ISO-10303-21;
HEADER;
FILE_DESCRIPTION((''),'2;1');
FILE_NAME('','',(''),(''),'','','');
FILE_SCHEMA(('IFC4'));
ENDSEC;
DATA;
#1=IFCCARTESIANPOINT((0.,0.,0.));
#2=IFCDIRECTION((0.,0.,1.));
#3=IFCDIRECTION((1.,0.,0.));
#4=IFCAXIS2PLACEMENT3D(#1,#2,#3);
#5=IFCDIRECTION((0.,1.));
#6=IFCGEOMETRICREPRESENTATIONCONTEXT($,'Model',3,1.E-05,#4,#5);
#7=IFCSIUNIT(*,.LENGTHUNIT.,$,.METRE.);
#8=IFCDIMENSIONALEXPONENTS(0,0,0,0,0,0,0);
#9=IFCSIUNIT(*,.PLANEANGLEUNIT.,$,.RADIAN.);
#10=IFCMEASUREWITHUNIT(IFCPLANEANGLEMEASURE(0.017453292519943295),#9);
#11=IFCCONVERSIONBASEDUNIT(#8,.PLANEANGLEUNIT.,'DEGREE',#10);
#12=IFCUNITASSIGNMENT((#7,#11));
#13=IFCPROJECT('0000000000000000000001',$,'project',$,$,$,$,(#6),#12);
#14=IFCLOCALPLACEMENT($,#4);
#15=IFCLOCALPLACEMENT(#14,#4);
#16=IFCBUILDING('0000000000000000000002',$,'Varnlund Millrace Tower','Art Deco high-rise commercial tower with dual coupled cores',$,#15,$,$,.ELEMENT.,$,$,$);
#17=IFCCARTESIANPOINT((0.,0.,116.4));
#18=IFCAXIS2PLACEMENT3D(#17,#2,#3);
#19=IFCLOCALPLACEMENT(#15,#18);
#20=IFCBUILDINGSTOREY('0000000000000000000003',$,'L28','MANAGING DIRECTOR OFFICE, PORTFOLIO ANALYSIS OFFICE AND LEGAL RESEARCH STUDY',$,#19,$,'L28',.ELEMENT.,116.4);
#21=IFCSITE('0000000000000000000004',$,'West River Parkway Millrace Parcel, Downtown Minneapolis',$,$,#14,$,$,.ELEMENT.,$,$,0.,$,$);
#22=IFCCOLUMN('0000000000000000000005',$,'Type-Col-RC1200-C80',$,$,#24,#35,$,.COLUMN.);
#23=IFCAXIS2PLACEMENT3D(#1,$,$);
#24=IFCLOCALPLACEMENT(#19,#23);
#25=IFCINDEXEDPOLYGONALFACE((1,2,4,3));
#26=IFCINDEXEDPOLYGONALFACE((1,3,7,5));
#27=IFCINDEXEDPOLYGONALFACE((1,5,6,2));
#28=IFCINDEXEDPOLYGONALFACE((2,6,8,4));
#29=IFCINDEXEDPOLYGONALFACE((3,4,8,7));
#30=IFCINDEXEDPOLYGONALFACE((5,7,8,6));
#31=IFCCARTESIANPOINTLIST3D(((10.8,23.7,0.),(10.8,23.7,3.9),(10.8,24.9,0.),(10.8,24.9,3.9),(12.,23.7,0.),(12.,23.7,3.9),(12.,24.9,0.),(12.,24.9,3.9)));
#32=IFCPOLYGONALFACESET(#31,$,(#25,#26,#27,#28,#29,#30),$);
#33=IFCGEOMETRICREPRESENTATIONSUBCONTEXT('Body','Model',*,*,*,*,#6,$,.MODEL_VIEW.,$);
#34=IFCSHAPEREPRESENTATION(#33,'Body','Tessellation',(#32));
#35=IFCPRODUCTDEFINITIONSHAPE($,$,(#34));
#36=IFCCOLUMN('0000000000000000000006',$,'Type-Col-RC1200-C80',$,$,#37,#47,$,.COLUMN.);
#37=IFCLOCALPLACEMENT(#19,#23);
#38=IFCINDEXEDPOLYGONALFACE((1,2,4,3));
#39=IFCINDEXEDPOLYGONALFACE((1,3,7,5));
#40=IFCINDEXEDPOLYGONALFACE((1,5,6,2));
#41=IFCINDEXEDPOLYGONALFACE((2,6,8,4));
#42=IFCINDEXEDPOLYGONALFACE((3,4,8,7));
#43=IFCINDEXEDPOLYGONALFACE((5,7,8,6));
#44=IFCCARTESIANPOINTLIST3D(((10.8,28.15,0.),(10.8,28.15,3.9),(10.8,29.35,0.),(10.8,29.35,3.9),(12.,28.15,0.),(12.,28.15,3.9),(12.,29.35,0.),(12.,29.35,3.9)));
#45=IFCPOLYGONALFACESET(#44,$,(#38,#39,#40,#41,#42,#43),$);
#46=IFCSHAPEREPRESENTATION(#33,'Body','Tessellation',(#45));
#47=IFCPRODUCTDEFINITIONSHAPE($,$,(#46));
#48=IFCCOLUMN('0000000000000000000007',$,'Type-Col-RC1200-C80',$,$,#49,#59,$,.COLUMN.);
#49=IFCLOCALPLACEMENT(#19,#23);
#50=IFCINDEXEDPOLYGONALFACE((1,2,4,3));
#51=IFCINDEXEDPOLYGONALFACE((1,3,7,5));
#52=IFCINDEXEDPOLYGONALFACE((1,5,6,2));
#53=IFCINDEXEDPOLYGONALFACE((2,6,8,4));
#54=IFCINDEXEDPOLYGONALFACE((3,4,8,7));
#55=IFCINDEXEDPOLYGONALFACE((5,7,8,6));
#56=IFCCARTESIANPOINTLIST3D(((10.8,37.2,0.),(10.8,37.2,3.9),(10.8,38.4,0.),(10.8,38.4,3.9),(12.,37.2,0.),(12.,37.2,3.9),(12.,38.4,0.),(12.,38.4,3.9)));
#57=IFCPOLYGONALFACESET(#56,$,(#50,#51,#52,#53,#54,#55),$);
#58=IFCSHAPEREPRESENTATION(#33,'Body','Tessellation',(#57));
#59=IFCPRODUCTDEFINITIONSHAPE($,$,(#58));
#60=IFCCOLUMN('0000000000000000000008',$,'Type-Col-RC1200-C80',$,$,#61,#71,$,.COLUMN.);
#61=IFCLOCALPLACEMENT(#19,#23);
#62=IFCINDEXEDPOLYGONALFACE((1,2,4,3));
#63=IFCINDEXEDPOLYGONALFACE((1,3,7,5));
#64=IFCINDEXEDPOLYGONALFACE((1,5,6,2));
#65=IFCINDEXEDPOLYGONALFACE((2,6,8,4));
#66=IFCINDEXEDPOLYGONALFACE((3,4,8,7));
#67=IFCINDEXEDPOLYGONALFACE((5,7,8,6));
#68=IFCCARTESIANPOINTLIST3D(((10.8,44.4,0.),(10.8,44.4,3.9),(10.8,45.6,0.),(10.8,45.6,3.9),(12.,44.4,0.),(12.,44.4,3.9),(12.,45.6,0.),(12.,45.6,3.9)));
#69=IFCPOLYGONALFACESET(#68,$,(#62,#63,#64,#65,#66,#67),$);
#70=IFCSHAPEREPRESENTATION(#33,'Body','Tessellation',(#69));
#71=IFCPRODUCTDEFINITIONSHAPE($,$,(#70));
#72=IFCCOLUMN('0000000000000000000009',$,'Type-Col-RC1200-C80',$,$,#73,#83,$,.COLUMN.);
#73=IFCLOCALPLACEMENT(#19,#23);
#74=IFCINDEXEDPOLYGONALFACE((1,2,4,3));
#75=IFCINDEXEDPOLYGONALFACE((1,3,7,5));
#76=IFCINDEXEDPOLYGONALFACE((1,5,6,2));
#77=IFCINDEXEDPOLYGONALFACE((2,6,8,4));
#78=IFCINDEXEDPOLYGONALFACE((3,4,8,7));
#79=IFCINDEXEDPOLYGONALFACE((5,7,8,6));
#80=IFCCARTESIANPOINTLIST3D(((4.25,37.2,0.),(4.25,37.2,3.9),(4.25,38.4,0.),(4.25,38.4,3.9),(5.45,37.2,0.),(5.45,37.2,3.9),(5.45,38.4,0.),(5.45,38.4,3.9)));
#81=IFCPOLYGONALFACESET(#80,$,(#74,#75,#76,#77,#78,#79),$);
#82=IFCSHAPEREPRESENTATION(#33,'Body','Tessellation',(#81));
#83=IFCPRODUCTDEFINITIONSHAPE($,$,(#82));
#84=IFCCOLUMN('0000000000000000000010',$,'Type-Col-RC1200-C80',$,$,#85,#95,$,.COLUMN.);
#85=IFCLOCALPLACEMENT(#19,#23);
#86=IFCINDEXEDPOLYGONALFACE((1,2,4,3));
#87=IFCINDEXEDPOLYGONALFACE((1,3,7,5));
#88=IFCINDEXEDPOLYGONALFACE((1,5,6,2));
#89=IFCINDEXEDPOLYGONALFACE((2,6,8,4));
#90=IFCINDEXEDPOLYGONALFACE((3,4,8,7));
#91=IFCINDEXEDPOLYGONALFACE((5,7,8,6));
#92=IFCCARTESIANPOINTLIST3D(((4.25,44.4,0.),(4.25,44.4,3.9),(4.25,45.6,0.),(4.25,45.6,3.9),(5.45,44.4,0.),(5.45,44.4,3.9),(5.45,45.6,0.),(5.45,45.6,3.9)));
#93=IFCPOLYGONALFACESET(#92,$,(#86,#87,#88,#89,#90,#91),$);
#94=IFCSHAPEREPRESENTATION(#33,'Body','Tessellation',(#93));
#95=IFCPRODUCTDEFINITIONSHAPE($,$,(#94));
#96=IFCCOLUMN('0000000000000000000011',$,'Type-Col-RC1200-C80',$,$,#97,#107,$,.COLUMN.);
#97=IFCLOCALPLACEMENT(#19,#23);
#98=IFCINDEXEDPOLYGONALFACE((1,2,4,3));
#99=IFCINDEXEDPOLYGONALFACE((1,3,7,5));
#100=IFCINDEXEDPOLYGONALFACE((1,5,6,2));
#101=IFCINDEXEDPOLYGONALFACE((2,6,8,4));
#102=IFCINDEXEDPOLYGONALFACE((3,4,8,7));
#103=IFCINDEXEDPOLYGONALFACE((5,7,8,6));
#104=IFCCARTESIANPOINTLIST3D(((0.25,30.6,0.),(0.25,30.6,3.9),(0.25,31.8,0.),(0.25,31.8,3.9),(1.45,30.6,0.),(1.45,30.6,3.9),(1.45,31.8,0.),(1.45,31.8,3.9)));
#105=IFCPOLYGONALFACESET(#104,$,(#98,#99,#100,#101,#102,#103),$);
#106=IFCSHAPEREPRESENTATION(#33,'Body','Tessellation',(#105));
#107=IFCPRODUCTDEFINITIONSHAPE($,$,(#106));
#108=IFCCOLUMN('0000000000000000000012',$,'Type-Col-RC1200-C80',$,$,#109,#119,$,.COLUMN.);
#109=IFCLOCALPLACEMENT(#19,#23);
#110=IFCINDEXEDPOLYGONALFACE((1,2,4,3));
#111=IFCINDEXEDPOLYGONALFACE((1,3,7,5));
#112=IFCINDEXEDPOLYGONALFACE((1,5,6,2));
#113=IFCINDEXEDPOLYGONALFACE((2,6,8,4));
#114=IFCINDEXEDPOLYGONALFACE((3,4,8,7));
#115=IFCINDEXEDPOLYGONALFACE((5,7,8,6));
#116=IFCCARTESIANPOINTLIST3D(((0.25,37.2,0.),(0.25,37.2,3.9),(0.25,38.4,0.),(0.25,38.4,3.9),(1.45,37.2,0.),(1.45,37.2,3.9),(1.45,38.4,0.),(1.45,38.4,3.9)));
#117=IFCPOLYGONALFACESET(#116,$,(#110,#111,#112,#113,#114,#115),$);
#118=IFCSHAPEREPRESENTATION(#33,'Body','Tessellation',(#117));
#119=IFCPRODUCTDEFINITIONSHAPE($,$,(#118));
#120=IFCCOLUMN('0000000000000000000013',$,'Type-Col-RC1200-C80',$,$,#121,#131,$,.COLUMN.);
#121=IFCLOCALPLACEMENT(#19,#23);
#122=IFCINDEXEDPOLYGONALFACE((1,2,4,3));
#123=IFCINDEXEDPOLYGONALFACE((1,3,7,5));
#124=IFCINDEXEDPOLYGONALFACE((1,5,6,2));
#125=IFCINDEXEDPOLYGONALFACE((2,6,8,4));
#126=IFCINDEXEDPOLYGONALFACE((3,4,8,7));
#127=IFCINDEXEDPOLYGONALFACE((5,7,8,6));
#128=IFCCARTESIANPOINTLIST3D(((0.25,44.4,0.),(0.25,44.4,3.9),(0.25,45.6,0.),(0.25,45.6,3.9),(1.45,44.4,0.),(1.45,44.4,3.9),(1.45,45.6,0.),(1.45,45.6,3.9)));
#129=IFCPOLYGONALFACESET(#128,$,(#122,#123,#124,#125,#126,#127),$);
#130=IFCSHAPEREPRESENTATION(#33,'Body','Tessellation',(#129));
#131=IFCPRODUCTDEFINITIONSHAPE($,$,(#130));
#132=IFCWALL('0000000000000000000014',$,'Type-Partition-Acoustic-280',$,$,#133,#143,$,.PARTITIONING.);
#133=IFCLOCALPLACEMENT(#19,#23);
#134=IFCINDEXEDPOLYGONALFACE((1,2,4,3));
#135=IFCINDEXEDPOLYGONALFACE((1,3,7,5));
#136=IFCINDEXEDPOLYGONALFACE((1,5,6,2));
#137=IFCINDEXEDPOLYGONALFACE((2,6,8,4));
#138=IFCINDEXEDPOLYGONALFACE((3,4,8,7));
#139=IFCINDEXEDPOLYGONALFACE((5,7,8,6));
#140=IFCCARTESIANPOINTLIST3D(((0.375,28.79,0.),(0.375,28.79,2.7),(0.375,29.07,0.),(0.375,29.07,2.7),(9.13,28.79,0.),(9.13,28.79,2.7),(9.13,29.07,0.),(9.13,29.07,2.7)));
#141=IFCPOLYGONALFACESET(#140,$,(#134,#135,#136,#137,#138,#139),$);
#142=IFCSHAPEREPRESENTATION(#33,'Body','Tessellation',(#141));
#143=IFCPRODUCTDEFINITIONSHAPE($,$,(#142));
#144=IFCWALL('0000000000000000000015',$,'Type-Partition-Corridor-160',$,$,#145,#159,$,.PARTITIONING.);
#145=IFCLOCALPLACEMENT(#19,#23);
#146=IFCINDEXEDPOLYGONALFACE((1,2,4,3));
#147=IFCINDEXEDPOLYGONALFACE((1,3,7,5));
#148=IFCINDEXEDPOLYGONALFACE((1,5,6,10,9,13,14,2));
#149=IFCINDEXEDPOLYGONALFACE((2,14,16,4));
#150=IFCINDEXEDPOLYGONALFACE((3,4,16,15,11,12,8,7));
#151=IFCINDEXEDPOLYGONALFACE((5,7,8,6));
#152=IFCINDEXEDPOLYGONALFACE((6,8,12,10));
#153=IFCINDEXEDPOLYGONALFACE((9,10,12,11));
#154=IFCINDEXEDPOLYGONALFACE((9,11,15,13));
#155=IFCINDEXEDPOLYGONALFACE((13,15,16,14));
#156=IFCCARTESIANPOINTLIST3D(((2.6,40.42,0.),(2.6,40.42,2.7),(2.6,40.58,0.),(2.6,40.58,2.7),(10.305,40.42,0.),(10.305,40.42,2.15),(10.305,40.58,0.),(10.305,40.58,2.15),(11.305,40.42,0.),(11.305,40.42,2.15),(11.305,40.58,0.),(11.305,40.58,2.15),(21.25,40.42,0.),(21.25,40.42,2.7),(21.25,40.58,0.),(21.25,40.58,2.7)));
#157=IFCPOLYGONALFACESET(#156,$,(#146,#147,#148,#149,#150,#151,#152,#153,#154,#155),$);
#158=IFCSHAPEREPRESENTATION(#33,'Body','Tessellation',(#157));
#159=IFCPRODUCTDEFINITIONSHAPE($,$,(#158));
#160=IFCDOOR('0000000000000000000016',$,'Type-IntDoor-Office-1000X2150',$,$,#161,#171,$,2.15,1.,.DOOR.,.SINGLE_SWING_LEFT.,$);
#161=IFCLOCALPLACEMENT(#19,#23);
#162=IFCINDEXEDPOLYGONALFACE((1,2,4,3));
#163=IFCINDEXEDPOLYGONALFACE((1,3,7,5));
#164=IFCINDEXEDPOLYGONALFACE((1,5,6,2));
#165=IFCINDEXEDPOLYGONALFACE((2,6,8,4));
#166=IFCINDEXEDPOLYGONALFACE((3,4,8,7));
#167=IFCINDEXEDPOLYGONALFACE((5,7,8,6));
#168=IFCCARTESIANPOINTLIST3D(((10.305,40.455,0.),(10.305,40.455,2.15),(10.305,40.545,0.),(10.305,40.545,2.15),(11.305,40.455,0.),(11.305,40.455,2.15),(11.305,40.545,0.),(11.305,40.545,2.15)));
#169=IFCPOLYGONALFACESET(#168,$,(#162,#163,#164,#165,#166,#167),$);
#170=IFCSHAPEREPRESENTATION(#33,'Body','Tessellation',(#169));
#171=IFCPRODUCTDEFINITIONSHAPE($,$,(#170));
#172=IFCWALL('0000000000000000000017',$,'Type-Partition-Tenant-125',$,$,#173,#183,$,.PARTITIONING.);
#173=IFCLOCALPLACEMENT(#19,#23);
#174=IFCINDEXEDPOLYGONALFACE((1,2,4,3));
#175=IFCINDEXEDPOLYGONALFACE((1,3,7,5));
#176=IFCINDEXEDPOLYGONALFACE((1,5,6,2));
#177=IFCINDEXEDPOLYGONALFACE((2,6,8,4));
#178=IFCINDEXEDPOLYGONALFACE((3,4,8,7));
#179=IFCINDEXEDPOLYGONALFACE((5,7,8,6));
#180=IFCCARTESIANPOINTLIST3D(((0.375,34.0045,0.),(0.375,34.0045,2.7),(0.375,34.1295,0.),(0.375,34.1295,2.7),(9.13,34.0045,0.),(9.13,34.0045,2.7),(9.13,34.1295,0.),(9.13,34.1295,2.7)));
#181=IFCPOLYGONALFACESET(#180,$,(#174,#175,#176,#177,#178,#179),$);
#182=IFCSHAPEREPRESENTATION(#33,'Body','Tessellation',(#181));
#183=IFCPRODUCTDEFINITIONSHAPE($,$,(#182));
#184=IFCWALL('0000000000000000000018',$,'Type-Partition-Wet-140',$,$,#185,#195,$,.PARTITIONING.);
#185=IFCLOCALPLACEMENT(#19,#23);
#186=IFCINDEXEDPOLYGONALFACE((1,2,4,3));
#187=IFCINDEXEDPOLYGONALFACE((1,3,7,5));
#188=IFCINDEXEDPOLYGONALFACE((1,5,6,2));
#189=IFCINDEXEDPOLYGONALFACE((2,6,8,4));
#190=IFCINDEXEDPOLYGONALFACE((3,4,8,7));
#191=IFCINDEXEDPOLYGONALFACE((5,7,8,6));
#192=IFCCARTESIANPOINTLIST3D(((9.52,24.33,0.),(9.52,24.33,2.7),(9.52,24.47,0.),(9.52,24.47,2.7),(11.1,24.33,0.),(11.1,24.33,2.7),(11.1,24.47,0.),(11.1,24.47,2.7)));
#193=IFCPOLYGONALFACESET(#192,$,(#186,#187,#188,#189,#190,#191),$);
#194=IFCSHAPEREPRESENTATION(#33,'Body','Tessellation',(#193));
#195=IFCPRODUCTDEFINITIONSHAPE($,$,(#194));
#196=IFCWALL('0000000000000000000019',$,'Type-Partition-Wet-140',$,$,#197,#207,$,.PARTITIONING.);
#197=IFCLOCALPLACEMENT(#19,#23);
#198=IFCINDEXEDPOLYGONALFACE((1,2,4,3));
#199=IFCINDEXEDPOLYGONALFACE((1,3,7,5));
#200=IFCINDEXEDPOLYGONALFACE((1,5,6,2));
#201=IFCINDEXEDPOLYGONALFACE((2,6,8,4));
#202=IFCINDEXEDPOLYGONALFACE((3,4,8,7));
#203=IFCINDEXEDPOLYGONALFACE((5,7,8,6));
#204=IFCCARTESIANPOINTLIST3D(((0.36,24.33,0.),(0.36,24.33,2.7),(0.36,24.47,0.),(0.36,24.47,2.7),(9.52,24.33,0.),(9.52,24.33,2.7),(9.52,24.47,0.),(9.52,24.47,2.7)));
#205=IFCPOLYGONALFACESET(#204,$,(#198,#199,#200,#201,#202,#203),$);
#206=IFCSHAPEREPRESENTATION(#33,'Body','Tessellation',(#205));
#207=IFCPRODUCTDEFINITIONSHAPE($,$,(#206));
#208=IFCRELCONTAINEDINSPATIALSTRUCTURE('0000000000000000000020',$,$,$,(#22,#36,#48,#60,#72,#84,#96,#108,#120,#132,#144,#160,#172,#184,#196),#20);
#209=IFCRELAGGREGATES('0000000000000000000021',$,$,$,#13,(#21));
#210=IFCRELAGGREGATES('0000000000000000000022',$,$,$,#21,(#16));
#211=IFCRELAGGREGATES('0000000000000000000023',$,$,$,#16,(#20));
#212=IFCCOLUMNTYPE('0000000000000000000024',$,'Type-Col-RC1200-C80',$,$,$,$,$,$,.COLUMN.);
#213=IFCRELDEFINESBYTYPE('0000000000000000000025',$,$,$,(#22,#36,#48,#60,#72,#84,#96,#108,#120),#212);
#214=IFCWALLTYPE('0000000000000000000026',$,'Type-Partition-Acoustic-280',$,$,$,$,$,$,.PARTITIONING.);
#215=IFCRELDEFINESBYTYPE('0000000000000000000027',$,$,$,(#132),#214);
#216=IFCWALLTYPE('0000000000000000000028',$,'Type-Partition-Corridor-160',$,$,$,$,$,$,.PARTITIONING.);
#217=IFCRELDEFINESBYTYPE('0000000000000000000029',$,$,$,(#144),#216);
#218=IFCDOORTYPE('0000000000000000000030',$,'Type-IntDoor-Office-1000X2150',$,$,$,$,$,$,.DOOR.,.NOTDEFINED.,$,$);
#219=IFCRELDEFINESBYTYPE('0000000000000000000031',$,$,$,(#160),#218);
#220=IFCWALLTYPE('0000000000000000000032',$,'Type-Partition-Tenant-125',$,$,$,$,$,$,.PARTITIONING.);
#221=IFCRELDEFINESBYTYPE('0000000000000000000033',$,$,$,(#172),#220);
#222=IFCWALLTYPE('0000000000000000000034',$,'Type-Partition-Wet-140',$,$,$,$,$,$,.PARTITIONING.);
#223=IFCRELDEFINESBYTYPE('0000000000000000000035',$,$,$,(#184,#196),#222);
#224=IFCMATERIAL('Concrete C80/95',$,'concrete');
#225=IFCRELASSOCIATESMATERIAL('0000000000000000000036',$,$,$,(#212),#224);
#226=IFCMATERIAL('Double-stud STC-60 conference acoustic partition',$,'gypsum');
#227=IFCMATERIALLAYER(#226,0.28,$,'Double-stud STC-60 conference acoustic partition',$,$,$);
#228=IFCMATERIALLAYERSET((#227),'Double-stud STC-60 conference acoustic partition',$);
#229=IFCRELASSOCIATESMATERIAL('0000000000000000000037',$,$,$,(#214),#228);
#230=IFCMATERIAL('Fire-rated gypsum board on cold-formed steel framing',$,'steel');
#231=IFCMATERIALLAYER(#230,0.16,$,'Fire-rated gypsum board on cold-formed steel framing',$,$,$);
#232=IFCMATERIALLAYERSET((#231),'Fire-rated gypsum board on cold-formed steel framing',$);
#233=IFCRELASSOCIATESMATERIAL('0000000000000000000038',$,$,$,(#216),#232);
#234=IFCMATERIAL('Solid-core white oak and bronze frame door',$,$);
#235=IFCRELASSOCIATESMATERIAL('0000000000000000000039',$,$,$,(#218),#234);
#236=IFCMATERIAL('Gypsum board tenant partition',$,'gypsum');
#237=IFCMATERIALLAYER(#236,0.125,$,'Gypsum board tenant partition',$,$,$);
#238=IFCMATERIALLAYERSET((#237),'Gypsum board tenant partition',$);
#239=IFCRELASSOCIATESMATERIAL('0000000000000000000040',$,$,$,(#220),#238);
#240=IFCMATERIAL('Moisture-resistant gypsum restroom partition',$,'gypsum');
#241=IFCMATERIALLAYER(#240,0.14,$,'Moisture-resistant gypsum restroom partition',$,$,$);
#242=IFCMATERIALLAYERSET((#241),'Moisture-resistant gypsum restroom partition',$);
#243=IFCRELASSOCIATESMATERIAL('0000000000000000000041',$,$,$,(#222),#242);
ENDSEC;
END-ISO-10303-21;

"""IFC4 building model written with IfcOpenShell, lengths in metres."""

from ifc_helpers import new_model, entity, si_unit, converted_unit, direction, frame, origin_with_axes, origin_2d_with_axis, place, context, subcontext, project, spatial, polyline, rectangle, outline, extrude, material, layer, layer_set, material_profile, profile_set, type_object, element, fill, save


model = new_model("IFC4")

# Units and contexts
model_context = context("Model", 3, precision=1e-05, world=origin_with_axes(), true_north=direction((0.0, 1.0)))
body_context = subcontext(model_context, "Body", "Model", "MODEL_VIEW")
ifc_project = project(units=[si_unit("LENGTHUNIT", "METRE"), converted_unit("PLANEANGLEUNIT", "DEGREE", entity("IfcPlaneAngleMeasure", 0.017453292519943295), si_unit("PLANEANGLEUNIT", "RADIAN"), dimensions=[0, 0, 0, 0, 0, 0, 0])], contexts=[model_context])

# Site, building, storey
site_placement = place(None, origin_with_axes())
site = spatial("IfcSite", under=ifc_project, at=site_placement, Name="West River Parkway Millrace Parcel, Downtown Minneapolis", CompositionType="ELEMENT", RefElevation=0.0)
building_placement = place(site_placement, origin_with_axes())
building = spatial("IfcBuilding", under=site, at=building_placement, Name="Varnlund Millrace Tower", Description="Art Deco high-rise commercial tower with dual coupled cores", CompositionType="ELEMENT")
storey_placement = place(building_placement, frame((0.0, 0.0, 116.4), z_axis=(0.0, 0.0, 1.0), x_axis=(1.0, 0.0, 0.0)))
storey = spatial("IfcBuildingStorey", under=building, at=storey_placement, Name="L28", Description="MANAGING DIRECTOR OFFICE, PORTFOLIO ANALYSIS OFFICE AND LEGAL RESEARCH STUDY", LongName="L28", CompositionType="ELEMENT", Elevation=116.4)

# Columns
ifc_material_1 = material(Name="Concrete C80/95", Category="concrete")
ifc_material_profile = material_profile(ifc_material_1, rectangle(XDim=1.2, YDim=1.2, at=origin_2d_with_axis()), Name="Concrete C80/95")
ifc_profile_set = profile_set([ifc_material_profile], Name="Concrete C80/95")
column_type = type_object("IfcColumnType", Name="Type-Col-RC1200-C80", PredefinedType="COLUMN", material=ifc_profile_set)
for number, where, z_axis, x_axis, name in (
    (1, (11.4, 24.3, 0.0), (0.0, 0.0, 1.0), (1.0, 0.0, 0.0), "Type-Col-RC1200-C80"),
    (2, (11.4, 28.75, 0.0), (0.0, 0.0, 1.0), (1.0, 0.0, 0.0), "Type-Col-RC1200-C80"),
    (3, (11.4, 37.8, 0.0), (0.0, 0.0, 1.0), (1.0, 0.0, 0.0), "Type-Col-RC1200-C80"),
    (4, (11.4, 45.0, 0.0), (0.0, 0.0, 1.0), (1.0, 0.0, 0.0), "Type-Col-RC1200-C80"),
    (5, (4.85, 37.8, 0.0), (0.0, 0.0, 1.0), (1.0, 0.0, 0.0), "Type-Col-RC1200-C80"),
    (6, (4.85, 45.0, 0.0), (0.0, 0.0, 1.0), (1.0, 0.0, 0.0), "Type-Col-RC1200-C80"),
    (7, (0.85, 31.2, 0.0), (0.0, 0.0, 1.0), (1.0, 0.0, 0.0), "Type-Col-RC1200-C80"),
    (8, (0.85, 37.8, 0.0), (0.0, 0.0, 1.0), (1.0, 0.0, 0.0), "Type-Col-RC1200-C80"),
    (9, (0.85, 45.0, 0.0), (0.0, 0.0, 1.0), (1.0, 0.0, 0.0), "Type-Col-RC1200-C80"),
):
    element("IfcColumn", number, at=place(storey_placement, frame(where, z_axis=z_axis, x_axis=x_axis)), inside=storey, type_object=column_type, Name=name, PredefinedType="COLUMN", context=body_context, shape_type="SweptSolid", body=[
        extrude(rectangle(XDim=1.2, YDim=1.2, at=origin_2d_with_axis()), origin_with_axes(), (0.0, 0.0, 1.0), 3.9),
    ])

# Wall
ifc_material_2 = material(Name="Double-stud STC-60 conference acoustic partition", Category="gypsum")
ifc_layer_1 = layer(ifc_material_2, 0.28, Name="Double-stud STC-60 conference acoustic partition")
ifc_layer_set_1 = layer_set([ifc_layer_1], Name="Double-stud STC-60 conference acoustic partition")
wall_type_1 = type_object("IfcWallType", Name="Type-Partition-Acoustic-280", PredefinedType="PARTITIONING", material=ifc_layer_set_1)
wall_1_placement = place(storey_placement, frame((0.375, 28.93, 0.0), z_axis=(0.0, 0.0, 1.0), x_axis=(1.0, 0.0, 0.0)))
element("IfcWall", 10, at=wall_1_placement, inside=storey, type_object=wall_type_1, Name="Type-Partition-Acoustic-280", PredefinedType="PARTITIONING", context=body_context, shape_type="SweptSolid", body=[
    extrude(outline(polyline([(0.0, -0.14), (8.755, -0.14), (8.755, 0.14), (0.0, 0.14), (0.0, -0.14)])), origin_with_axes(), (0.0, 0.0, 1.0), 2.7),
])

# Wall, opening, door
ifc_material_3 = material(Name="Fire-rated gypsum board on cold-formed steel framing", Category="steel")
ifc_layer_2 = layer(ifc_material_3, 0.16, Name="Fire-rated gypsum board on cold-formed steel framing")
ifc_layer_set_2 = layer_set([ifc_layer_2], Name="Fire-rated gypsum board on cold-formed steel framing")
wall_type_2 = type_object("IfcWallType", Name="Type-Partition-Corridor-160", PredefinedType="PARTITIONING", material=ifc_layer_set_2)
wall_2_placement = place(storey_placement, frame((2.6, 40.5, 0.0), z_axis=(0.0, 0.0, 1.0), x_axis=(1.0, 0.0, 0.0)))
wall_2 = element("IfcWall", 11, at=wall_2_placement, inside=storey, type_object=wall_type_2, Name="Type-Partition-Corridor-160", PredefinedType="PARTITIONING", context=body_context, shape_type="SweptSolid", body=[
    extrude(outline(polyline([(0.0, -0.08), (18.65, -0.08), (18.65, 0.08), (0.0, 0.08), (0.0, -0.08)])), origin_with_axes(), (0.0, 0.0, 1.0), 2.7),
])
opening_1_placement = place(wall_2_placement, frame((8.205, 0.0, 0.0), z_axis=(0.0, 0.0, 1.0), x_axis=(1.0, 0.0, 0.0)))
opening_1 = element("IfcOpeningElement", 12, at=opening_1_placement, cuts=wall_2, PredefinedType="OPENING", context=body_context, shape_type="SweptSolid", body=[
    extrude(rectangle(XDim=1.0, YDim=0.18, at=origin_2d_with_axis()), origin_with_axes(), (0.0, 0.0, 1.0), 2.15),
])
ifc_material_4 = material(Name="Solid-core white oak and bronze frame door")
door_type = type_object("IfcDoorType", Name="Type-IntDoor-Office-1000X2150", OperationType="NOTDEFINED", PredefinedType="DOOR", material=ifc_material_4)
door_1_placement = place(wall_2_placement, frame((8.205, 0.0, 0.0), z_axis=(0.0, 0.0, 1.0), x_axis=(1.0, 0.0, 0.0)))
door_1 = element("IfcDoor", 13, at=door_1_placement, inside=storey, type_object=door_type, Name="Type-IntDoor-Office-1000X2150", OperationType="SINGLE_SWING_LEFT", OverallHeight=2.15, OverallWidth=1.0, PredefinedType="DOOR", context=body_context, shape_type="SweptSolid", body=[
    extrude(rectangle(XDim=1.0, YDim=0.09, at=origin_2d_with_axis()), origin_with_axes(), (0.0, 0.0, 1.0), 2.15),
])
fill(opening_1, door_1)

# Walls
ifc_material_5 = material(Name="Gypsum board tenant partition", Category="gypsum")
ifc_layer_3 = layer(ifc_material_5, 0.125, Name="Gypsum board tenant partition")
ifc_layer_set_3 = layer_set([ifc_layer_3], Name="Gypsum board tenant partition")
wall_type_3 = type_object("IfcWallType", Name="Type-Partition-Tenant-125", PredefinedType="PARTITIONING", material=ifc_layer_set_3)
wall_3_placement = place(storey_placement, frame((0.375, 34.067, 0.0), z_axis=(0.0, 0.0, 1.0), x_axis=(1.0, 0.0, 0.0)))
element("IfcWall", 14, at=wall_3_placement, inside=storey, type_object=wall_type_3, Name="Type-Partition-Tenant-125", PredefinedType="PARTITIONING", context=body_context, shape_type="SweptSolid", body=[
    extrude(outline(polyline([(0.0, -0.0625), (8.755, -0.0625), (8.755, 0.0625), (0.0, 0.0625), (0.0, -0.0625)])), origin_with_axes(), (0.0, 0.0, 1.0), 2.7),
])
ifc_material_6 = material(Name="Moisture-resistant gypsum restroom partition", Category="gypsum")
ifc_layer_4 = layer(ifc_material_6, 0.14, Name="Moisture-resistant gypsum restroom partition")
ifc_layer_set_4 = layer_set([ifc_layer_4], Name="Moisture-resistant gypsum restroom partition")
wall_type_4 = type_object("IfcWallType", Name="Type-Partition-Wet-140", PredefinedType="PARTITIONING", material=ifc_layer_set_4)
wall_4_placement = place(storey_placement, frame((9.52, 24.4, 0.0), z_axis=(0.0, 0.0, 1.0), x_axis=(1.0, 0.0, 0.0)))
element("IfcWall", 15, at=wall_4_placement, inside=storey, type_object=wall_type_4, Name="Type-Partition-Wet-140", PredefinedType="PARTITIONING", context=body_context, shape_type="SweptSolid", body=[
    extrude(outline(polyline([(0.0, -0.07), (1.58, -0.07), (1.58, 0.07), (0.0, 0.07), (0.0, -0.07)])), origin_with_axes(), (0.0, 0.0, 1.0), 2.7),
])
wall_5_placement = place(storey_placement, frame((0.36, 24.4, 0.0), z_axis=(0.0, 0.0, 1.0), x_axis=(1.0, 0.0, 0.0)))
element("IfcWall", 16, at=wall_5_placement, inside=storey, type_object=wall_type_4, Name="Type-Partition-Wet-140", PredefinedType="PARTITIONING", context=body_context, shape_type="SweptSolid", body=[
    extrude(outline(polyline([(0.0, -0.07), (9.16, -0.07), (9.16, 0.07), (0.0, 0.07), (0.0, -0.07)])), origin_with_axes(), (0.0, 0.0, 1.0), 2.7),
])

save(model, "model.ifc")
